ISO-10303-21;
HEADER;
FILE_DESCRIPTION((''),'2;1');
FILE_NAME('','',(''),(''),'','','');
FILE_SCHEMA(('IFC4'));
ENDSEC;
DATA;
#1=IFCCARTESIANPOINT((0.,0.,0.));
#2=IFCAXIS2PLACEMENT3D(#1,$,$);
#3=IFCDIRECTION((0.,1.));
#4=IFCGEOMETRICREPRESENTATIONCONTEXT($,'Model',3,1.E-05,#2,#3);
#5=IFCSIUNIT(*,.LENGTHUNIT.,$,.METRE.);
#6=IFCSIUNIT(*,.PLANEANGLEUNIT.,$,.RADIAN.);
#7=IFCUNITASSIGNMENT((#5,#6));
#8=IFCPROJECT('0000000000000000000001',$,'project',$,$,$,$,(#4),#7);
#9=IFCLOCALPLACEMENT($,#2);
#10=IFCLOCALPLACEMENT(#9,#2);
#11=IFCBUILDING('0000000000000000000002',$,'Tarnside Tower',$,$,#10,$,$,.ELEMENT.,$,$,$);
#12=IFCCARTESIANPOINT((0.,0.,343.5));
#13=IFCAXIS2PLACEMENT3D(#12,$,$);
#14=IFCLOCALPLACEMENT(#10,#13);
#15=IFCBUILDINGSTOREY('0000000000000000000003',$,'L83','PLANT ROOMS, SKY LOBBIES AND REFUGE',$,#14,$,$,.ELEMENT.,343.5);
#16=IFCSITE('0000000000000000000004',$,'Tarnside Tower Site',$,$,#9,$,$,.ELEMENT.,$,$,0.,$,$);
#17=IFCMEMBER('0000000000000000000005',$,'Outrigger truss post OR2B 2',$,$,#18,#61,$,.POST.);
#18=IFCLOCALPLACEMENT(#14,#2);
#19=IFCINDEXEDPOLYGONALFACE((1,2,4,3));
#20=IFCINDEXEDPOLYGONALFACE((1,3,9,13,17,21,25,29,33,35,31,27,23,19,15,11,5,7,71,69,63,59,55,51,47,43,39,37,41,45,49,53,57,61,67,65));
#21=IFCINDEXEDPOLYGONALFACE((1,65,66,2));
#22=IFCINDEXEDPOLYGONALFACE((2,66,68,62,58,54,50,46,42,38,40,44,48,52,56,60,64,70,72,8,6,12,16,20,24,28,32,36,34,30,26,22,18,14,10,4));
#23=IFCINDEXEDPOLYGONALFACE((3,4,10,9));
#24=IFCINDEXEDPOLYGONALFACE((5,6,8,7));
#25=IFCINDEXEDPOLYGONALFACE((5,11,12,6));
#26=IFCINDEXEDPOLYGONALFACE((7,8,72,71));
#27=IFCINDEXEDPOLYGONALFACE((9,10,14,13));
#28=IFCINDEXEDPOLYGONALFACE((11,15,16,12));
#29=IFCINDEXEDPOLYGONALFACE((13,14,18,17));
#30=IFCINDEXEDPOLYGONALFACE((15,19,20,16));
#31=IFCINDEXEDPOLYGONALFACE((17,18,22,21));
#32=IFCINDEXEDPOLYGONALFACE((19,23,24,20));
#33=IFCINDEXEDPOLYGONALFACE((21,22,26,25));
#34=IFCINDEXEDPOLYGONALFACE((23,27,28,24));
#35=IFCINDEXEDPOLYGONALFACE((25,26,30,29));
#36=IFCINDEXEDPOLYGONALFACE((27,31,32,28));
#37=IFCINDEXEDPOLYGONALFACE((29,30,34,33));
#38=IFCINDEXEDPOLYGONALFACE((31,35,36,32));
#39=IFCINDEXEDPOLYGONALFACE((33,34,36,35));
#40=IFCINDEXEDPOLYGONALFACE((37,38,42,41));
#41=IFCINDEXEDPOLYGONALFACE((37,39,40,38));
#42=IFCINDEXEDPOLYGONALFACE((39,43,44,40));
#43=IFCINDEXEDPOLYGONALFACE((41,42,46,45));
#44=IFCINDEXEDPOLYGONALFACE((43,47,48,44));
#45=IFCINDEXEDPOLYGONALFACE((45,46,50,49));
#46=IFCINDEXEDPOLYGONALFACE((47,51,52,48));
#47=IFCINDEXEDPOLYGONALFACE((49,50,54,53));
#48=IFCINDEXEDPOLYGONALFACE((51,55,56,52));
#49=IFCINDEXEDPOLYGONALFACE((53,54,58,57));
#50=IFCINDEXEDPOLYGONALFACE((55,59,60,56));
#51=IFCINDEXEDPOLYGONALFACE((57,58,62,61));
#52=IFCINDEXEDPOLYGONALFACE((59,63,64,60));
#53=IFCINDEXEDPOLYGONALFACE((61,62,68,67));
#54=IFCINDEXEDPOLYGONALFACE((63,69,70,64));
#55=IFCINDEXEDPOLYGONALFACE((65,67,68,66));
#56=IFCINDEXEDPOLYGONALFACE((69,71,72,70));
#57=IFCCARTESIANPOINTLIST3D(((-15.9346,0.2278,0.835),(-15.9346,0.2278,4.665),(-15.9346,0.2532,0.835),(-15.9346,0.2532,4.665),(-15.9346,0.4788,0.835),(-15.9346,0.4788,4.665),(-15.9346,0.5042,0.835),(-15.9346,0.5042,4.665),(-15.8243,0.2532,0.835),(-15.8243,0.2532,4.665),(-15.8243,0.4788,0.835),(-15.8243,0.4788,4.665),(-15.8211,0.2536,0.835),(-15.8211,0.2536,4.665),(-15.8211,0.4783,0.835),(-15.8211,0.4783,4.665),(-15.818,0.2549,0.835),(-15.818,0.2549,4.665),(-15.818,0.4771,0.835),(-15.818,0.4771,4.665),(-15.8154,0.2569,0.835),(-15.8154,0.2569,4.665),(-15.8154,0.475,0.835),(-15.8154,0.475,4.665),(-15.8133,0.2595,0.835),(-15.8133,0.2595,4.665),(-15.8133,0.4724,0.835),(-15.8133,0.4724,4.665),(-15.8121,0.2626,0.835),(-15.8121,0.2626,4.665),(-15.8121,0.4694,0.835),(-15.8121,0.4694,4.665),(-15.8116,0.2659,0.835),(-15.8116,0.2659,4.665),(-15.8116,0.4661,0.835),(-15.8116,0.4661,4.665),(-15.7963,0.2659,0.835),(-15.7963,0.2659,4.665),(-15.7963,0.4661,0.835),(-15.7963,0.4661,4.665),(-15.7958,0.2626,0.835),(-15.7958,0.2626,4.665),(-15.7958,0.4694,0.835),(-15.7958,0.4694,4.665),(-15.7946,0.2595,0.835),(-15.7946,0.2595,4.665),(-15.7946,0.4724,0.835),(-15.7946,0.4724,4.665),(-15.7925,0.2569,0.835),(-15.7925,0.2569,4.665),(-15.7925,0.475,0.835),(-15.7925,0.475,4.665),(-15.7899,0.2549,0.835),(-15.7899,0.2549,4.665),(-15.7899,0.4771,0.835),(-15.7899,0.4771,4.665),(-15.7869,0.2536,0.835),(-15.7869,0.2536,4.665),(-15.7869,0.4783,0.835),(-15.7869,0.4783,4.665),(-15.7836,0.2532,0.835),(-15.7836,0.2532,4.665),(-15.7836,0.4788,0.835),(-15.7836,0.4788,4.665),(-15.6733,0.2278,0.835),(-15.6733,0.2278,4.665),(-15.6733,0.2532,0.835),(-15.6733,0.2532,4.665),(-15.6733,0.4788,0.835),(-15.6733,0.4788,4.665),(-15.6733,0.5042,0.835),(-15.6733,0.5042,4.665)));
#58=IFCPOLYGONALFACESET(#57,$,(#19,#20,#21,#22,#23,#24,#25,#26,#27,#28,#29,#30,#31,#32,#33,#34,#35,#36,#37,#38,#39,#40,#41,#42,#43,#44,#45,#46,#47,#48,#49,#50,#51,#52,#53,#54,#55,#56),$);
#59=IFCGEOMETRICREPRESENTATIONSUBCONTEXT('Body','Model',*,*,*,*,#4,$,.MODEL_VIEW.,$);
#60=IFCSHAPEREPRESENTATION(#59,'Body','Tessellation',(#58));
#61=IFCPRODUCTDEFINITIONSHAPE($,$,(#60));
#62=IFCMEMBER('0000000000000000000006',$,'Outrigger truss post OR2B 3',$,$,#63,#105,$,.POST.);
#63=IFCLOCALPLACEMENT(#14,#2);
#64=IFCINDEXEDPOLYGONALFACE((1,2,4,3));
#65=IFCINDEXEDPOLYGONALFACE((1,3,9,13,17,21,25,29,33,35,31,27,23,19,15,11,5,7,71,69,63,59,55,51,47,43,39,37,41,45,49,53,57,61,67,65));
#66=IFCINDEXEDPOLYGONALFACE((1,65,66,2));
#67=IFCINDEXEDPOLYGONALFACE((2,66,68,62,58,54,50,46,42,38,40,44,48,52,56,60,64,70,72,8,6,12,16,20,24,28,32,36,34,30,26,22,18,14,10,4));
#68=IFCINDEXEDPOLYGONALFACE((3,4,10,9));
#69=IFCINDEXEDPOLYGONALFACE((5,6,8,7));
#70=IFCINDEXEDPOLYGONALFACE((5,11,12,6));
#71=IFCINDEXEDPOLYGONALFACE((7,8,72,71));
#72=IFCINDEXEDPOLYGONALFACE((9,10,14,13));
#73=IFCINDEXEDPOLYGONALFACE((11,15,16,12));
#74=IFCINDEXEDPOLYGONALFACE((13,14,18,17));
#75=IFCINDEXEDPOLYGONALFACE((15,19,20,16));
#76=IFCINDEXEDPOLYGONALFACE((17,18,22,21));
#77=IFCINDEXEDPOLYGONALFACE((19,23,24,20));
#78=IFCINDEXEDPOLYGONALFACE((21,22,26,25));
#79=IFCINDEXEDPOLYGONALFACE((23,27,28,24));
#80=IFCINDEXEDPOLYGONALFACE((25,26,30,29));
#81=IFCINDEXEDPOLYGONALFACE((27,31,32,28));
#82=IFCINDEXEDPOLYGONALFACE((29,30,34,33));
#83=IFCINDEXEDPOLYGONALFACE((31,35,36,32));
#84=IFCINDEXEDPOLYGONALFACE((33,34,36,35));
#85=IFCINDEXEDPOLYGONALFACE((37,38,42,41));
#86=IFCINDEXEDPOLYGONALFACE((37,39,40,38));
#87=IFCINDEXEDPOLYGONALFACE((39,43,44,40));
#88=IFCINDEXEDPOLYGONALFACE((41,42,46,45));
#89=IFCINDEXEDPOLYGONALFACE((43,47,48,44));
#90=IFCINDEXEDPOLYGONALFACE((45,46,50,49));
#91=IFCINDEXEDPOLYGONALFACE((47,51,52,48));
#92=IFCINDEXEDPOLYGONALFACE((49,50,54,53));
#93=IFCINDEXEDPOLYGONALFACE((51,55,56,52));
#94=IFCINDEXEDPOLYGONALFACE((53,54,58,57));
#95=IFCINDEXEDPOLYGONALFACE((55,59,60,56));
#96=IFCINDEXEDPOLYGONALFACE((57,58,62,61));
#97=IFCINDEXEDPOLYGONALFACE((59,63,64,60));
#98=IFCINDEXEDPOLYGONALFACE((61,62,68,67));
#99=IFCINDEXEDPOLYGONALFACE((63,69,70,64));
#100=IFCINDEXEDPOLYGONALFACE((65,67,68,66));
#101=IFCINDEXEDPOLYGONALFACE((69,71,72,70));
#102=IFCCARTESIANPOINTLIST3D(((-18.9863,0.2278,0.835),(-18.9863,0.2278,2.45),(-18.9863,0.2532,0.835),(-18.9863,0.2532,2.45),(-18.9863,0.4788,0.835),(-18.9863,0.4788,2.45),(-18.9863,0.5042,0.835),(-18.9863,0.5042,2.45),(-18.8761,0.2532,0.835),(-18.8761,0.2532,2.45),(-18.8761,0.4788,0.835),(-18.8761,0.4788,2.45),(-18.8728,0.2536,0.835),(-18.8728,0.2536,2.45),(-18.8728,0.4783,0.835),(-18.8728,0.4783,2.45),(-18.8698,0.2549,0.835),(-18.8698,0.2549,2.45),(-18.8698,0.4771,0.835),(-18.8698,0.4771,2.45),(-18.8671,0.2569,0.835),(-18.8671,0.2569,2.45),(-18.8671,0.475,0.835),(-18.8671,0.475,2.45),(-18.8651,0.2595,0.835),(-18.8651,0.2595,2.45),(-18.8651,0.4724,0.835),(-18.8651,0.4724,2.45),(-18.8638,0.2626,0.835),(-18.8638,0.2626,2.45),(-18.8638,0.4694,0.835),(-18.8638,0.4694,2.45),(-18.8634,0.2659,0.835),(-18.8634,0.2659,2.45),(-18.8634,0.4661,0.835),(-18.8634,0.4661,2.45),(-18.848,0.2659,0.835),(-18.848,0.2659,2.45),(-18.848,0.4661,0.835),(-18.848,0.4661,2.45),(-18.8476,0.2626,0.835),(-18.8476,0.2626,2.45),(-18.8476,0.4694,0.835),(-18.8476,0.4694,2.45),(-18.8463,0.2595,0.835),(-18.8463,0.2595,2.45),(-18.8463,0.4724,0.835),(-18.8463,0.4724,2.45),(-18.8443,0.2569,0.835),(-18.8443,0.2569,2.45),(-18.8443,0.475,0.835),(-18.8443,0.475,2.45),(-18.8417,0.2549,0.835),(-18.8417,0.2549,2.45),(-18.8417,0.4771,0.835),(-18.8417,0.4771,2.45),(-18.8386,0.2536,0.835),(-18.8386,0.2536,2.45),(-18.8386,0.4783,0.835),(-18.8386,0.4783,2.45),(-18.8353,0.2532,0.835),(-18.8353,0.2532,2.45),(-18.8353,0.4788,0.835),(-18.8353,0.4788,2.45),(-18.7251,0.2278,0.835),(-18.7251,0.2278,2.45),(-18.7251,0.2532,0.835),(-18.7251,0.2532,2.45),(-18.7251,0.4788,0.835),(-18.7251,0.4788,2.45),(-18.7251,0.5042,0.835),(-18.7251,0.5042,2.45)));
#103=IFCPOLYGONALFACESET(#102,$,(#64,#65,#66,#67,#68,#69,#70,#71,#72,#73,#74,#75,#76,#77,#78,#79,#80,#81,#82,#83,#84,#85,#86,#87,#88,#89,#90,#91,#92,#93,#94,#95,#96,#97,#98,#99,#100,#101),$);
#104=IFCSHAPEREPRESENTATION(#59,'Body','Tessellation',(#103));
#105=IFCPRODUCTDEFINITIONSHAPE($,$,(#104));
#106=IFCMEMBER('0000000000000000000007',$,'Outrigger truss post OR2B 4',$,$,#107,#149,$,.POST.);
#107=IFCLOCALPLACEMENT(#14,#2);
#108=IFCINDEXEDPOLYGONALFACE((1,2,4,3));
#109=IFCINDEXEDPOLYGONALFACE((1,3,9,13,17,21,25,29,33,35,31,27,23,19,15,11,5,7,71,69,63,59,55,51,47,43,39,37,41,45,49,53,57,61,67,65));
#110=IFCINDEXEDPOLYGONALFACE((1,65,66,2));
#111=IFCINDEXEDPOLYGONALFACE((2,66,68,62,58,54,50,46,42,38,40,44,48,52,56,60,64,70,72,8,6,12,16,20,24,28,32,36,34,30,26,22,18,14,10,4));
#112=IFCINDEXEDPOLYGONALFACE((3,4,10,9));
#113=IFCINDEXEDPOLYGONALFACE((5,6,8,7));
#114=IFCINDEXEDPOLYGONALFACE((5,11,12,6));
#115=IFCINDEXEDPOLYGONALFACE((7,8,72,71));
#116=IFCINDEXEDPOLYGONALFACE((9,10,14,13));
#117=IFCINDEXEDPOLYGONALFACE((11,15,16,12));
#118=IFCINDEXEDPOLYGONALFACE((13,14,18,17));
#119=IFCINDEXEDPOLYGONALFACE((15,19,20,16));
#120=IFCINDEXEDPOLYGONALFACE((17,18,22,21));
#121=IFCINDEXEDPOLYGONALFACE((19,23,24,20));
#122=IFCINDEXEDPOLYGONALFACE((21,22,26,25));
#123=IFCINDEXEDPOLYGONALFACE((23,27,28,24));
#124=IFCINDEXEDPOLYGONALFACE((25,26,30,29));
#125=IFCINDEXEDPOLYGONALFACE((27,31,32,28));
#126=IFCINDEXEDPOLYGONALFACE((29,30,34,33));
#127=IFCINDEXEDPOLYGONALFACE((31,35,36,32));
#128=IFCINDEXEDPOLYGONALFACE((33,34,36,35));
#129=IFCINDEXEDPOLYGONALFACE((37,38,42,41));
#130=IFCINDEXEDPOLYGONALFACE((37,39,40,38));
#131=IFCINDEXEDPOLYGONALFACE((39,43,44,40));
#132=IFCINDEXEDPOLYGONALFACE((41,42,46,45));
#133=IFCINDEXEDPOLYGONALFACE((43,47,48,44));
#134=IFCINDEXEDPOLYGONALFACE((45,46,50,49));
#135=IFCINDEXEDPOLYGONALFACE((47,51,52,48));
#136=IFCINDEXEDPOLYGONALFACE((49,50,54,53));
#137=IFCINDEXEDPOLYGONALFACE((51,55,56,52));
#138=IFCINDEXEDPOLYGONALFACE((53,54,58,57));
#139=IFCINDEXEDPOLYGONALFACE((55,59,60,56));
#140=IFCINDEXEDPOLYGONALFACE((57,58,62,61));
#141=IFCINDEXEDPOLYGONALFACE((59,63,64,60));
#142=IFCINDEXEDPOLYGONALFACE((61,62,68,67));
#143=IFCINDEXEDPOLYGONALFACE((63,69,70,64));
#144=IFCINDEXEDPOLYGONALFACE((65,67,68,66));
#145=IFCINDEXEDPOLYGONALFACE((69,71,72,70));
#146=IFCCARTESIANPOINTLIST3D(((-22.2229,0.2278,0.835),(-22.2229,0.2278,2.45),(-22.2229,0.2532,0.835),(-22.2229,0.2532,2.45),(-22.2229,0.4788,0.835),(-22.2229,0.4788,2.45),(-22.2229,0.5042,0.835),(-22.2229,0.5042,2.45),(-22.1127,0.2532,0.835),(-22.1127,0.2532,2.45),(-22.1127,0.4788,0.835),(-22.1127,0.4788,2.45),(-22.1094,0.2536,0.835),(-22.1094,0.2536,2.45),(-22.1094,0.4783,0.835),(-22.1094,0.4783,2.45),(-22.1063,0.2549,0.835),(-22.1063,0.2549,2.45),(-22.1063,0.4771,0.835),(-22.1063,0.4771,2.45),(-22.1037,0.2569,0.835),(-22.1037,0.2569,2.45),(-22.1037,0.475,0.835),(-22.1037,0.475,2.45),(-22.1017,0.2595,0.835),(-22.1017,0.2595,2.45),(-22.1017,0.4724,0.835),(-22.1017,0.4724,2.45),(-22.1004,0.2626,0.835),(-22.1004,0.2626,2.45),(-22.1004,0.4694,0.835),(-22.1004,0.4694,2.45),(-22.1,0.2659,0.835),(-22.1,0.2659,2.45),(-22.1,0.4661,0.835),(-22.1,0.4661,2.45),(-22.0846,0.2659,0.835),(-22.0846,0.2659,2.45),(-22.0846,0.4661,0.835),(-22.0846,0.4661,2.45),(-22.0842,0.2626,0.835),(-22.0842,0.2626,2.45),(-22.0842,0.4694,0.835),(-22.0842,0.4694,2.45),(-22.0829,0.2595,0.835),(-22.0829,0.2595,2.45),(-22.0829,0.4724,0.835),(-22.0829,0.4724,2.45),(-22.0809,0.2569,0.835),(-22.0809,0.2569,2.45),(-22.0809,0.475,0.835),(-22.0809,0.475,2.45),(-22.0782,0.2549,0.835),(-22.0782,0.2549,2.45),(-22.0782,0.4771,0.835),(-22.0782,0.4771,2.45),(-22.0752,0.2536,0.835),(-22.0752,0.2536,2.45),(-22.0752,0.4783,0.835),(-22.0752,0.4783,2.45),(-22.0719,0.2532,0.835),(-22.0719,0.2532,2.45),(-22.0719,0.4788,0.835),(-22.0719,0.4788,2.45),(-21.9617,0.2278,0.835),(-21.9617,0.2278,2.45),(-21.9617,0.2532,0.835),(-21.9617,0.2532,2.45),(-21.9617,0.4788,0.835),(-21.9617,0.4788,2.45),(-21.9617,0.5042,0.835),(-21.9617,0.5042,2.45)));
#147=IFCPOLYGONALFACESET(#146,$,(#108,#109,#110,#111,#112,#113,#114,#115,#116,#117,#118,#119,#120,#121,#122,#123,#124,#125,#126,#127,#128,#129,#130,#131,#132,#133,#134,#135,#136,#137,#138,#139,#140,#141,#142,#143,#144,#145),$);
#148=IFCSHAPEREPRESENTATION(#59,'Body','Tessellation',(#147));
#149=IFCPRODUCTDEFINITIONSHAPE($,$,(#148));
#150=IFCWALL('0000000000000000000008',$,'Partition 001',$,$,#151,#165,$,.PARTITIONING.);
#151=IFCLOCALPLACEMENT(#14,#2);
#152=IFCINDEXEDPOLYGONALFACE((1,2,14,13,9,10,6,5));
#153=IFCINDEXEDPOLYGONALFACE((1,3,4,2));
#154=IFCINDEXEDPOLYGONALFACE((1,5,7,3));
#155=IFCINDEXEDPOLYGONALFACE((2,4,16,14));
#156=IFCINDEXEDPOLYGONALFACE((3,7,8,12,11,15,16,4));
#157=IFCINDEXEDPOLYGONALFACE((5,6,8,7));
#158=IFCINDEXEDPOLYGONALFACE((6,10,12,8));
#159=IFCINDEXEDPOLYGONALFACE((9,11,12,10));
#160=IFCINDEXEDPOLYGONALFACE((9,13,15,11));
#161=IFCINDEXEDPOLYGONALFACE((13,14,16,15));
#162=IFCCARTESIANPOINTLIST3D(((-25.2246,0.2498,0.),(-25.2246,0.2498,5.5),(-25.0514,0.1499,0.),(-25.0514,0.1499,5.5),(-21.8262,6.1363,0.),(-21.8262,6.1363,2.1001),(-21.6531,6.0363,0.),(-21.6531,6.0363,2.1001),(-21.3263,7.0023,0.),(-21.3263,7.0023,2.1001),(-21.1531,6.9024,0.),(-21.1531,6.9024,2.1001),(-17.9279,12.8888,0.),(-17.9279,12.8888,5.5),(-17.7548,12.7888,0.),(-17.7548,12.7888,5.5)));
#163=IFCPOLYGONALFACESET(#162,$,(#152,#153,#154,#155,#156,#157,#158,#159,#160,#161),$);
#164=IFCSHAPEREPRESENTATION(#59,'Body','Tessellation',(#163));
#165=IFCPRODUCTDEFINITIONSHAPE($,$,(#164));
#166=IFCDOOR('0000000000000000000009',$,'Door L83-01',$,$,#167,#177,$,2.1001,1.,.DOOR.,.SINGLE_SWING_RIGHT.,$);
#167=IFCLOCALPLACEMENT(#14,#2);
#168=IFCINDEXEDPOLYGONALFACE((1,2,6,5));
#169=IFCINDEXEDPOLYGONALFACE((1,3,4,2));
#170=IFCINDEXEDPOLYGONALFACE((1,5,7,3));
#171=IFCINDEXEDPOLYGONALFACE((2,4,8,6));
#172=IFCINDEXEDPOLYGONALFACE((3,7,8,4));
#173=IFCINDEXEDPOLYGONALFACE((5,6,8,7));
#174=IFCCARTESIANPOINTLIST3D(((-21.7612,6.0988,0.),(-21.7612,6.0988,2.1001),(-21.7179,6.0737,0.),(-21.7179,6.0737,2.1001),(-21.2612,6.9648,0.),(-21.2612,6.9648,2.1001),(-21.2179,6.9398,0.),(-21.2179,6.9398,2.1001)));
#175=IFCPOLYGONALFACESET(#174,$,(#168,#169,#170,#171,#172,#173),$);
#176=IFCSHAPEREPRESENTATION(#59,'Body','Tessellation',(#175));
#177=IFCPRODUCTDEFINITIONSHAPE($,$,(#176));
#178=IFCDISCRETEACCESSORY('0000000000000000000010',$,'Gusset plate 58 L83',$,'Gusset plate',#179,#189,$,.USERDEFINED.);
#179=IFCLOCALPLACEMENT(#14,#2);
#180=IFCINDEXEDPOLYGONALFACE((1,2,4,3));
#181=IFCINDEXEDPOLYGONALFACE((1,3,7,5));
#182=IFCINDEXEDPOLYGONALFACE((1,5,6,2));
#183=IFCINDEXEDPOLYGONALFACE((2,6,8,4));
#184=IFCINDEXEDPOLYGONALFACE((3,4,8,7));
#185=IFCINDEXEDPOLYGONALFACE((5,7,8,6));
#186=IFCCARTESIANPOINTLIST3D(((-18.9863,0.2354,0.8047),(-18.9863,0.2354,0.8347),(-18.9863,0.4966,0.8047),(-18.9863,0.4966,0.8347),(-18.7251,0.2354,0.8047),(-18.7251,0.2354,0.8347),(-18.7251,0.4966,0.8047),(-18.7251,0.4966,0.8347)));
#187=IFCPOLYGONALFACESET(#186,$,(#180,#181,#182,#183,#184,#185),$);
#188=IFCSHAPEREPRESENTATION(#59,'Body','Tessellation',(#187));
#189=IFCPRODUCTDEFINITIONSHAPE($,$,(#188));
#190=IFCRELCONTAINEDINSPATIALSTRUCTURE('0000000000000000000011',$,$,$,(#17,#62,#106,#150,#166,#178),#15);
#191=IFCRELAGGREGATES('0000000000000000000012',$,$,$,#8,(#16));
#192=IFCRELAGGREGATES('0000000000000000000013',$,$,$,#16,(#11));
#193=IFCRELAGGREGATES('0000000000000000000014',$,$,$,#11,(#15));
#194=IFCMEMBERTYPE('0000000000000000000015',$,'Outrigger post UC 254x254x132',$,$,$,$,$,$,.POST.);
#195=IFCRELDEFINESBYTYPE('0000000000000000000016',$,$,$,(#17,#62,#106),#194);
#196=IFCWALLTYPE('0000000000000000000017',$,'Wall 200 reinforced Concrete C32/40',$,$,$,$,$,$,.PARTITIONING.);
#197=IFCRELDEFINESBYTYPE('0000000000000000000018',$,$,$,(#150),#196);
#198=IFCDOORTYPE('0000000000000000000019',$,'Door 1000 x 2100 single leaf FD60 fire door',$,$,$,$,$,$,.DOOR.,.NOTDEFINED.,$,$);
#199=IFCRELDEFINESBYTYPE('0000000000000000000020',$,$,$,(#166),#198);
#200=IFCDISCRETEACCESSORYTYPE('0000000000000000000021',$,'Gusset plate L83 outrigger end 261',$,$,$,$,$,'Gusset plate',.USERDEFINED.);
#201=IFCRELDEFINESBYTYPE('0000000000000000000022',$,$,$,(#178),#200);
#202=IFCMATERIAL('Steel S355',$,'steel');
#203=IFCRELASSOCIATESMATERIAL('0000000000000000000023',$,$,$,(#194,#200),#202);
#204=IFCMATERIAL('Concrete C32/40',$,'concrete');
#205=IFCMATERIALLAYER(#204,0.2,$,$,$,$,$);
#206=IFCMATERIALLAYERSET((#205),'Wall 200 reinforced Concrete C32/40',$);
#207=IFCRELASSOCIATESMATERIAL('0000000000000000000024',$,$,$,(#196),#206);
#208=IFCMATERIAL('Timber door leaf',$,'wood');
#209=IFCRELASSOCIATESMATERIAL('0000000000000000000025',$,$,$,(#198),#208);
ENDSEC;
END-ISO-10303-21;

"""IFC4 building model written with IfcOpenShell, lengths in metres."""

from ifc_helpers import new_model, si_unit, direction, frame, frame_2d, origin, origin_2d, place, context, subcontext, project, spatial, rectangle, i_section, extrude, material, layer, layer_set, material_profile, profile_set, type_object, element, fill, save


model = new_model("IFC4")

# Units and contexts
model_context = context("Model", 3, precision=1e-05, world=origin(), true_north=direction((0.0, 1.0)))
body_context = subcontext(model_context, "Body", "Model", "MODEL_VIEW")
ifc_project = project(units=[si_unit("LENGTHUNIT", "METRE"), si_unit("PLANEANGLEUNIT", "RADIAN")], contexts=[model_context])

# Site, building, storey
site_placement = place(None, origin())
site = spatial("IfcSite", under=ifc_project, at=site_placement, Name="Tarnside Tower Site", CompositionType="ELEMENT", RefElevation=0.0)
building_placement = place(site_placement, origin())
building = spatial("IfcBuilding", under=site, at=building_placement, Name="Tarnside Tower", CompositionType="ELEMENT")
storey_placement = place(building_placement, frame((0.0, 0.0, 343.5)))
storey = spatial("IfcBuildingStorey", under=building, at=storey_placement, Name="L83", Description="PLANT ROOMS, SKY LOBBIES AND REFUGE", CompositionType="ELEMENT", Elevation=343.5)

# Members
ifc_material_1 = material(Name="Steel S355", Category="steel")
ifc_material_profile_1 = material_profile(ifc_material_1, i_section(OverallWidth=0.2612, OverallDepth=0.2764, WebThickness=0.0154, FlangeThickness=0.0254, FilletRadius=0.0127, at=origin_2d()), Name="UC 254x254x132")
ifc_profile_set_1 = profile_set([ifc_material_profile_1], Name="Steel S355")
member_type_1 = type_object("IfcMemberType", Name="Outrigger post UC 254x254x132", PredefinedType="POST", material=ifc_profile_set_1)
member_1_placement = place(storey_placement, frame((-15.804, 0.366, 0.835), z_axis=(0.0, 0.0, 1.0), x_axis=(-1.0, 0.0, 0.0)))
element("IfcMember", 1, at=member_1_placement, inside=storey, type_object=member_type_1, Name="Outrigger truss post OR2B 2", PredefinedType="POST", context=body_context, shape_type="SweptSolid", body=[
    extrude(i_section(OverallWidth=0.2612, OverallDepth=0.2764, WebThickness=0.0154, FlangeThickness=0.0254, FilletRadius=0.0127, at=origin_2d()), origin(), (0.0, 0.0, 1.0), 3.8301),
])
for number, where, z_axis, x_axis, name in (
    (2, (-18.8557, 0.366, 0.835), (0.0, 0.0, 1.0), (-1.0, 0.0, 0.0), "Outrigger truss post OR2B 3"),
    (3, (-22.0923, 0.366, 0.835), (0.0, 0.0, 1.0), (-1.0, 0.0, 0.0), "Outrigger truss post OR2B 4"),
):
    element("IfcMember", number, at=place(storey_placement, frame(where, z_axis=z_axis, x_axis=x_axis)), inside=storey, type_object=member_type_1, Name=name, PredefinedType="POST", context=body_context, shape_type="SweptSolid", body=[
        extrude(i_section(OverallWidth=0.2612, OverallDepth=0.2764, WebThickness=0.0154, FlangeThickness=0.0254, FilletRadius=0.0127, at=origin_2d()), origin(), (0.0, 0.0, 1.0), 1.615),
    ])

# Wall, opening, door
ifc_material_2 = material(Name="Concrete C32/40", Category="concrete")
ifc_layer = layer(ifc_material_2, 0.2)
ifc_layer_set = layer_set([ifc_layer], Name="Wall 200 reinforced Concrete C32/40")
wall_type = type_object("IfcWallType", Name="Wall 200 reinforced Concrete C32/40", PredefinedType="PARTITIONING", material=ifc_layer_set)
wall_placement = place(storey_placement, frame((-25.1379, 0.2, 0.0), z_axis=(0.0, 0.0, 1.0), x_axis=(0.499977, 0.866039, 0.0)))
wall = element("IfcWall", 4, at=wall_placement, inside=storey, type_object=wall_type, Name="Partition 001", PredefinedType="PARTITIONING", context=body_context, shape_type="SweptSolid", body=[
    extrude(rectangle(XDim=14.594, YDim=0.2, at=frame_2d((7.2969, 0.0))), origin(), (0.0, 0.0, 1.0), 5.5),
])
opening_placement = place(wall_placement, frame((6.7969, 0.0, 0.0)))
opening = element("IfcOpeningElement", 5, at=opening_placement, cuts=wall, PredefinedType="OPENING", context=body_context, shape_type="SweptSolid", body=[
    extrude(rectangle(XDim=1.0, YDim=2.1001, at=frame_2d((0.5, 1.05))), frame((0.0, 0.1099, 0.0), z_axis=(0.0, -1.0, 0.0), x_axis=(1.0, 0.0, 0.0)), (0.0, 0.0, 1.0), 0.22),
])
ifc_material_3 = material(Name="Timber door leaf", Category="wood")
door_type = type_object("IfcDoorType", Name="Door 1000 x 2100 single leaf FD60 fire door", OperationType="NOTDEFINED", PredefinedType="DOOR", material=ifc_material_3)
door_placement = place(opening_placement, origin())
door = element("IfcDoor", 6, at=door_placement, inside=storey, type_object=door_type, Name="Door L83-01", OperationType="SINGLE_SWING_RIGHT", OverallHeight=2.1001, OverallWidth=1.0, PredefinedType="DOOR", context=body_context, shape_type="SweptSolid", body=[
    extrude(rectangle(XDim=1.0, YDim=2.1001, at=frame_2d((0.5, 1.05))), frame((0.0, 0.0249, 0.0), z_axis=(0.0, -1.0, 0.0), x_axis=(1.0, 0.0, 0.0)), (0.0, 0.0, 1.0), 0.05),
])
fill(opening, door)

# Discrete accessory
discrete_accessory_type_1 = type_object("IfcDiscreteAccessoryType", Name="Gusset plate L83 outrigger end 261", ElementType="Gusset plate", PredefinedType="USERDEFINED", material=ifc_material_1)
for number, where, z_axis, x_axis, name in (
    (7, (-18.8557, 0.366, 0.8047), (0.0, 0.0, 1.0), (1.0, 0.0, 0.0), "Gusset plate 58 L83"),
):
    element("IfcDiscreteAccessory", number, at=place(storey_placement, frame(where, z_axis=z_axis, x_axis=x_axis)), inside=storey, type_object=discrete_accessory_type_1, Name=name, ObjectType="Gusset plate", PredefinedType="USERDEFINED", context=body_context, shape_type="SweptSolid", body=[
        extrude(rectangle(XDim=0.2612, YDim=0.2612, at=origin_2d()), origin(), (0.0, 0.0, 1.0), 0.03),
    ])

save(model, "model.ifc")
